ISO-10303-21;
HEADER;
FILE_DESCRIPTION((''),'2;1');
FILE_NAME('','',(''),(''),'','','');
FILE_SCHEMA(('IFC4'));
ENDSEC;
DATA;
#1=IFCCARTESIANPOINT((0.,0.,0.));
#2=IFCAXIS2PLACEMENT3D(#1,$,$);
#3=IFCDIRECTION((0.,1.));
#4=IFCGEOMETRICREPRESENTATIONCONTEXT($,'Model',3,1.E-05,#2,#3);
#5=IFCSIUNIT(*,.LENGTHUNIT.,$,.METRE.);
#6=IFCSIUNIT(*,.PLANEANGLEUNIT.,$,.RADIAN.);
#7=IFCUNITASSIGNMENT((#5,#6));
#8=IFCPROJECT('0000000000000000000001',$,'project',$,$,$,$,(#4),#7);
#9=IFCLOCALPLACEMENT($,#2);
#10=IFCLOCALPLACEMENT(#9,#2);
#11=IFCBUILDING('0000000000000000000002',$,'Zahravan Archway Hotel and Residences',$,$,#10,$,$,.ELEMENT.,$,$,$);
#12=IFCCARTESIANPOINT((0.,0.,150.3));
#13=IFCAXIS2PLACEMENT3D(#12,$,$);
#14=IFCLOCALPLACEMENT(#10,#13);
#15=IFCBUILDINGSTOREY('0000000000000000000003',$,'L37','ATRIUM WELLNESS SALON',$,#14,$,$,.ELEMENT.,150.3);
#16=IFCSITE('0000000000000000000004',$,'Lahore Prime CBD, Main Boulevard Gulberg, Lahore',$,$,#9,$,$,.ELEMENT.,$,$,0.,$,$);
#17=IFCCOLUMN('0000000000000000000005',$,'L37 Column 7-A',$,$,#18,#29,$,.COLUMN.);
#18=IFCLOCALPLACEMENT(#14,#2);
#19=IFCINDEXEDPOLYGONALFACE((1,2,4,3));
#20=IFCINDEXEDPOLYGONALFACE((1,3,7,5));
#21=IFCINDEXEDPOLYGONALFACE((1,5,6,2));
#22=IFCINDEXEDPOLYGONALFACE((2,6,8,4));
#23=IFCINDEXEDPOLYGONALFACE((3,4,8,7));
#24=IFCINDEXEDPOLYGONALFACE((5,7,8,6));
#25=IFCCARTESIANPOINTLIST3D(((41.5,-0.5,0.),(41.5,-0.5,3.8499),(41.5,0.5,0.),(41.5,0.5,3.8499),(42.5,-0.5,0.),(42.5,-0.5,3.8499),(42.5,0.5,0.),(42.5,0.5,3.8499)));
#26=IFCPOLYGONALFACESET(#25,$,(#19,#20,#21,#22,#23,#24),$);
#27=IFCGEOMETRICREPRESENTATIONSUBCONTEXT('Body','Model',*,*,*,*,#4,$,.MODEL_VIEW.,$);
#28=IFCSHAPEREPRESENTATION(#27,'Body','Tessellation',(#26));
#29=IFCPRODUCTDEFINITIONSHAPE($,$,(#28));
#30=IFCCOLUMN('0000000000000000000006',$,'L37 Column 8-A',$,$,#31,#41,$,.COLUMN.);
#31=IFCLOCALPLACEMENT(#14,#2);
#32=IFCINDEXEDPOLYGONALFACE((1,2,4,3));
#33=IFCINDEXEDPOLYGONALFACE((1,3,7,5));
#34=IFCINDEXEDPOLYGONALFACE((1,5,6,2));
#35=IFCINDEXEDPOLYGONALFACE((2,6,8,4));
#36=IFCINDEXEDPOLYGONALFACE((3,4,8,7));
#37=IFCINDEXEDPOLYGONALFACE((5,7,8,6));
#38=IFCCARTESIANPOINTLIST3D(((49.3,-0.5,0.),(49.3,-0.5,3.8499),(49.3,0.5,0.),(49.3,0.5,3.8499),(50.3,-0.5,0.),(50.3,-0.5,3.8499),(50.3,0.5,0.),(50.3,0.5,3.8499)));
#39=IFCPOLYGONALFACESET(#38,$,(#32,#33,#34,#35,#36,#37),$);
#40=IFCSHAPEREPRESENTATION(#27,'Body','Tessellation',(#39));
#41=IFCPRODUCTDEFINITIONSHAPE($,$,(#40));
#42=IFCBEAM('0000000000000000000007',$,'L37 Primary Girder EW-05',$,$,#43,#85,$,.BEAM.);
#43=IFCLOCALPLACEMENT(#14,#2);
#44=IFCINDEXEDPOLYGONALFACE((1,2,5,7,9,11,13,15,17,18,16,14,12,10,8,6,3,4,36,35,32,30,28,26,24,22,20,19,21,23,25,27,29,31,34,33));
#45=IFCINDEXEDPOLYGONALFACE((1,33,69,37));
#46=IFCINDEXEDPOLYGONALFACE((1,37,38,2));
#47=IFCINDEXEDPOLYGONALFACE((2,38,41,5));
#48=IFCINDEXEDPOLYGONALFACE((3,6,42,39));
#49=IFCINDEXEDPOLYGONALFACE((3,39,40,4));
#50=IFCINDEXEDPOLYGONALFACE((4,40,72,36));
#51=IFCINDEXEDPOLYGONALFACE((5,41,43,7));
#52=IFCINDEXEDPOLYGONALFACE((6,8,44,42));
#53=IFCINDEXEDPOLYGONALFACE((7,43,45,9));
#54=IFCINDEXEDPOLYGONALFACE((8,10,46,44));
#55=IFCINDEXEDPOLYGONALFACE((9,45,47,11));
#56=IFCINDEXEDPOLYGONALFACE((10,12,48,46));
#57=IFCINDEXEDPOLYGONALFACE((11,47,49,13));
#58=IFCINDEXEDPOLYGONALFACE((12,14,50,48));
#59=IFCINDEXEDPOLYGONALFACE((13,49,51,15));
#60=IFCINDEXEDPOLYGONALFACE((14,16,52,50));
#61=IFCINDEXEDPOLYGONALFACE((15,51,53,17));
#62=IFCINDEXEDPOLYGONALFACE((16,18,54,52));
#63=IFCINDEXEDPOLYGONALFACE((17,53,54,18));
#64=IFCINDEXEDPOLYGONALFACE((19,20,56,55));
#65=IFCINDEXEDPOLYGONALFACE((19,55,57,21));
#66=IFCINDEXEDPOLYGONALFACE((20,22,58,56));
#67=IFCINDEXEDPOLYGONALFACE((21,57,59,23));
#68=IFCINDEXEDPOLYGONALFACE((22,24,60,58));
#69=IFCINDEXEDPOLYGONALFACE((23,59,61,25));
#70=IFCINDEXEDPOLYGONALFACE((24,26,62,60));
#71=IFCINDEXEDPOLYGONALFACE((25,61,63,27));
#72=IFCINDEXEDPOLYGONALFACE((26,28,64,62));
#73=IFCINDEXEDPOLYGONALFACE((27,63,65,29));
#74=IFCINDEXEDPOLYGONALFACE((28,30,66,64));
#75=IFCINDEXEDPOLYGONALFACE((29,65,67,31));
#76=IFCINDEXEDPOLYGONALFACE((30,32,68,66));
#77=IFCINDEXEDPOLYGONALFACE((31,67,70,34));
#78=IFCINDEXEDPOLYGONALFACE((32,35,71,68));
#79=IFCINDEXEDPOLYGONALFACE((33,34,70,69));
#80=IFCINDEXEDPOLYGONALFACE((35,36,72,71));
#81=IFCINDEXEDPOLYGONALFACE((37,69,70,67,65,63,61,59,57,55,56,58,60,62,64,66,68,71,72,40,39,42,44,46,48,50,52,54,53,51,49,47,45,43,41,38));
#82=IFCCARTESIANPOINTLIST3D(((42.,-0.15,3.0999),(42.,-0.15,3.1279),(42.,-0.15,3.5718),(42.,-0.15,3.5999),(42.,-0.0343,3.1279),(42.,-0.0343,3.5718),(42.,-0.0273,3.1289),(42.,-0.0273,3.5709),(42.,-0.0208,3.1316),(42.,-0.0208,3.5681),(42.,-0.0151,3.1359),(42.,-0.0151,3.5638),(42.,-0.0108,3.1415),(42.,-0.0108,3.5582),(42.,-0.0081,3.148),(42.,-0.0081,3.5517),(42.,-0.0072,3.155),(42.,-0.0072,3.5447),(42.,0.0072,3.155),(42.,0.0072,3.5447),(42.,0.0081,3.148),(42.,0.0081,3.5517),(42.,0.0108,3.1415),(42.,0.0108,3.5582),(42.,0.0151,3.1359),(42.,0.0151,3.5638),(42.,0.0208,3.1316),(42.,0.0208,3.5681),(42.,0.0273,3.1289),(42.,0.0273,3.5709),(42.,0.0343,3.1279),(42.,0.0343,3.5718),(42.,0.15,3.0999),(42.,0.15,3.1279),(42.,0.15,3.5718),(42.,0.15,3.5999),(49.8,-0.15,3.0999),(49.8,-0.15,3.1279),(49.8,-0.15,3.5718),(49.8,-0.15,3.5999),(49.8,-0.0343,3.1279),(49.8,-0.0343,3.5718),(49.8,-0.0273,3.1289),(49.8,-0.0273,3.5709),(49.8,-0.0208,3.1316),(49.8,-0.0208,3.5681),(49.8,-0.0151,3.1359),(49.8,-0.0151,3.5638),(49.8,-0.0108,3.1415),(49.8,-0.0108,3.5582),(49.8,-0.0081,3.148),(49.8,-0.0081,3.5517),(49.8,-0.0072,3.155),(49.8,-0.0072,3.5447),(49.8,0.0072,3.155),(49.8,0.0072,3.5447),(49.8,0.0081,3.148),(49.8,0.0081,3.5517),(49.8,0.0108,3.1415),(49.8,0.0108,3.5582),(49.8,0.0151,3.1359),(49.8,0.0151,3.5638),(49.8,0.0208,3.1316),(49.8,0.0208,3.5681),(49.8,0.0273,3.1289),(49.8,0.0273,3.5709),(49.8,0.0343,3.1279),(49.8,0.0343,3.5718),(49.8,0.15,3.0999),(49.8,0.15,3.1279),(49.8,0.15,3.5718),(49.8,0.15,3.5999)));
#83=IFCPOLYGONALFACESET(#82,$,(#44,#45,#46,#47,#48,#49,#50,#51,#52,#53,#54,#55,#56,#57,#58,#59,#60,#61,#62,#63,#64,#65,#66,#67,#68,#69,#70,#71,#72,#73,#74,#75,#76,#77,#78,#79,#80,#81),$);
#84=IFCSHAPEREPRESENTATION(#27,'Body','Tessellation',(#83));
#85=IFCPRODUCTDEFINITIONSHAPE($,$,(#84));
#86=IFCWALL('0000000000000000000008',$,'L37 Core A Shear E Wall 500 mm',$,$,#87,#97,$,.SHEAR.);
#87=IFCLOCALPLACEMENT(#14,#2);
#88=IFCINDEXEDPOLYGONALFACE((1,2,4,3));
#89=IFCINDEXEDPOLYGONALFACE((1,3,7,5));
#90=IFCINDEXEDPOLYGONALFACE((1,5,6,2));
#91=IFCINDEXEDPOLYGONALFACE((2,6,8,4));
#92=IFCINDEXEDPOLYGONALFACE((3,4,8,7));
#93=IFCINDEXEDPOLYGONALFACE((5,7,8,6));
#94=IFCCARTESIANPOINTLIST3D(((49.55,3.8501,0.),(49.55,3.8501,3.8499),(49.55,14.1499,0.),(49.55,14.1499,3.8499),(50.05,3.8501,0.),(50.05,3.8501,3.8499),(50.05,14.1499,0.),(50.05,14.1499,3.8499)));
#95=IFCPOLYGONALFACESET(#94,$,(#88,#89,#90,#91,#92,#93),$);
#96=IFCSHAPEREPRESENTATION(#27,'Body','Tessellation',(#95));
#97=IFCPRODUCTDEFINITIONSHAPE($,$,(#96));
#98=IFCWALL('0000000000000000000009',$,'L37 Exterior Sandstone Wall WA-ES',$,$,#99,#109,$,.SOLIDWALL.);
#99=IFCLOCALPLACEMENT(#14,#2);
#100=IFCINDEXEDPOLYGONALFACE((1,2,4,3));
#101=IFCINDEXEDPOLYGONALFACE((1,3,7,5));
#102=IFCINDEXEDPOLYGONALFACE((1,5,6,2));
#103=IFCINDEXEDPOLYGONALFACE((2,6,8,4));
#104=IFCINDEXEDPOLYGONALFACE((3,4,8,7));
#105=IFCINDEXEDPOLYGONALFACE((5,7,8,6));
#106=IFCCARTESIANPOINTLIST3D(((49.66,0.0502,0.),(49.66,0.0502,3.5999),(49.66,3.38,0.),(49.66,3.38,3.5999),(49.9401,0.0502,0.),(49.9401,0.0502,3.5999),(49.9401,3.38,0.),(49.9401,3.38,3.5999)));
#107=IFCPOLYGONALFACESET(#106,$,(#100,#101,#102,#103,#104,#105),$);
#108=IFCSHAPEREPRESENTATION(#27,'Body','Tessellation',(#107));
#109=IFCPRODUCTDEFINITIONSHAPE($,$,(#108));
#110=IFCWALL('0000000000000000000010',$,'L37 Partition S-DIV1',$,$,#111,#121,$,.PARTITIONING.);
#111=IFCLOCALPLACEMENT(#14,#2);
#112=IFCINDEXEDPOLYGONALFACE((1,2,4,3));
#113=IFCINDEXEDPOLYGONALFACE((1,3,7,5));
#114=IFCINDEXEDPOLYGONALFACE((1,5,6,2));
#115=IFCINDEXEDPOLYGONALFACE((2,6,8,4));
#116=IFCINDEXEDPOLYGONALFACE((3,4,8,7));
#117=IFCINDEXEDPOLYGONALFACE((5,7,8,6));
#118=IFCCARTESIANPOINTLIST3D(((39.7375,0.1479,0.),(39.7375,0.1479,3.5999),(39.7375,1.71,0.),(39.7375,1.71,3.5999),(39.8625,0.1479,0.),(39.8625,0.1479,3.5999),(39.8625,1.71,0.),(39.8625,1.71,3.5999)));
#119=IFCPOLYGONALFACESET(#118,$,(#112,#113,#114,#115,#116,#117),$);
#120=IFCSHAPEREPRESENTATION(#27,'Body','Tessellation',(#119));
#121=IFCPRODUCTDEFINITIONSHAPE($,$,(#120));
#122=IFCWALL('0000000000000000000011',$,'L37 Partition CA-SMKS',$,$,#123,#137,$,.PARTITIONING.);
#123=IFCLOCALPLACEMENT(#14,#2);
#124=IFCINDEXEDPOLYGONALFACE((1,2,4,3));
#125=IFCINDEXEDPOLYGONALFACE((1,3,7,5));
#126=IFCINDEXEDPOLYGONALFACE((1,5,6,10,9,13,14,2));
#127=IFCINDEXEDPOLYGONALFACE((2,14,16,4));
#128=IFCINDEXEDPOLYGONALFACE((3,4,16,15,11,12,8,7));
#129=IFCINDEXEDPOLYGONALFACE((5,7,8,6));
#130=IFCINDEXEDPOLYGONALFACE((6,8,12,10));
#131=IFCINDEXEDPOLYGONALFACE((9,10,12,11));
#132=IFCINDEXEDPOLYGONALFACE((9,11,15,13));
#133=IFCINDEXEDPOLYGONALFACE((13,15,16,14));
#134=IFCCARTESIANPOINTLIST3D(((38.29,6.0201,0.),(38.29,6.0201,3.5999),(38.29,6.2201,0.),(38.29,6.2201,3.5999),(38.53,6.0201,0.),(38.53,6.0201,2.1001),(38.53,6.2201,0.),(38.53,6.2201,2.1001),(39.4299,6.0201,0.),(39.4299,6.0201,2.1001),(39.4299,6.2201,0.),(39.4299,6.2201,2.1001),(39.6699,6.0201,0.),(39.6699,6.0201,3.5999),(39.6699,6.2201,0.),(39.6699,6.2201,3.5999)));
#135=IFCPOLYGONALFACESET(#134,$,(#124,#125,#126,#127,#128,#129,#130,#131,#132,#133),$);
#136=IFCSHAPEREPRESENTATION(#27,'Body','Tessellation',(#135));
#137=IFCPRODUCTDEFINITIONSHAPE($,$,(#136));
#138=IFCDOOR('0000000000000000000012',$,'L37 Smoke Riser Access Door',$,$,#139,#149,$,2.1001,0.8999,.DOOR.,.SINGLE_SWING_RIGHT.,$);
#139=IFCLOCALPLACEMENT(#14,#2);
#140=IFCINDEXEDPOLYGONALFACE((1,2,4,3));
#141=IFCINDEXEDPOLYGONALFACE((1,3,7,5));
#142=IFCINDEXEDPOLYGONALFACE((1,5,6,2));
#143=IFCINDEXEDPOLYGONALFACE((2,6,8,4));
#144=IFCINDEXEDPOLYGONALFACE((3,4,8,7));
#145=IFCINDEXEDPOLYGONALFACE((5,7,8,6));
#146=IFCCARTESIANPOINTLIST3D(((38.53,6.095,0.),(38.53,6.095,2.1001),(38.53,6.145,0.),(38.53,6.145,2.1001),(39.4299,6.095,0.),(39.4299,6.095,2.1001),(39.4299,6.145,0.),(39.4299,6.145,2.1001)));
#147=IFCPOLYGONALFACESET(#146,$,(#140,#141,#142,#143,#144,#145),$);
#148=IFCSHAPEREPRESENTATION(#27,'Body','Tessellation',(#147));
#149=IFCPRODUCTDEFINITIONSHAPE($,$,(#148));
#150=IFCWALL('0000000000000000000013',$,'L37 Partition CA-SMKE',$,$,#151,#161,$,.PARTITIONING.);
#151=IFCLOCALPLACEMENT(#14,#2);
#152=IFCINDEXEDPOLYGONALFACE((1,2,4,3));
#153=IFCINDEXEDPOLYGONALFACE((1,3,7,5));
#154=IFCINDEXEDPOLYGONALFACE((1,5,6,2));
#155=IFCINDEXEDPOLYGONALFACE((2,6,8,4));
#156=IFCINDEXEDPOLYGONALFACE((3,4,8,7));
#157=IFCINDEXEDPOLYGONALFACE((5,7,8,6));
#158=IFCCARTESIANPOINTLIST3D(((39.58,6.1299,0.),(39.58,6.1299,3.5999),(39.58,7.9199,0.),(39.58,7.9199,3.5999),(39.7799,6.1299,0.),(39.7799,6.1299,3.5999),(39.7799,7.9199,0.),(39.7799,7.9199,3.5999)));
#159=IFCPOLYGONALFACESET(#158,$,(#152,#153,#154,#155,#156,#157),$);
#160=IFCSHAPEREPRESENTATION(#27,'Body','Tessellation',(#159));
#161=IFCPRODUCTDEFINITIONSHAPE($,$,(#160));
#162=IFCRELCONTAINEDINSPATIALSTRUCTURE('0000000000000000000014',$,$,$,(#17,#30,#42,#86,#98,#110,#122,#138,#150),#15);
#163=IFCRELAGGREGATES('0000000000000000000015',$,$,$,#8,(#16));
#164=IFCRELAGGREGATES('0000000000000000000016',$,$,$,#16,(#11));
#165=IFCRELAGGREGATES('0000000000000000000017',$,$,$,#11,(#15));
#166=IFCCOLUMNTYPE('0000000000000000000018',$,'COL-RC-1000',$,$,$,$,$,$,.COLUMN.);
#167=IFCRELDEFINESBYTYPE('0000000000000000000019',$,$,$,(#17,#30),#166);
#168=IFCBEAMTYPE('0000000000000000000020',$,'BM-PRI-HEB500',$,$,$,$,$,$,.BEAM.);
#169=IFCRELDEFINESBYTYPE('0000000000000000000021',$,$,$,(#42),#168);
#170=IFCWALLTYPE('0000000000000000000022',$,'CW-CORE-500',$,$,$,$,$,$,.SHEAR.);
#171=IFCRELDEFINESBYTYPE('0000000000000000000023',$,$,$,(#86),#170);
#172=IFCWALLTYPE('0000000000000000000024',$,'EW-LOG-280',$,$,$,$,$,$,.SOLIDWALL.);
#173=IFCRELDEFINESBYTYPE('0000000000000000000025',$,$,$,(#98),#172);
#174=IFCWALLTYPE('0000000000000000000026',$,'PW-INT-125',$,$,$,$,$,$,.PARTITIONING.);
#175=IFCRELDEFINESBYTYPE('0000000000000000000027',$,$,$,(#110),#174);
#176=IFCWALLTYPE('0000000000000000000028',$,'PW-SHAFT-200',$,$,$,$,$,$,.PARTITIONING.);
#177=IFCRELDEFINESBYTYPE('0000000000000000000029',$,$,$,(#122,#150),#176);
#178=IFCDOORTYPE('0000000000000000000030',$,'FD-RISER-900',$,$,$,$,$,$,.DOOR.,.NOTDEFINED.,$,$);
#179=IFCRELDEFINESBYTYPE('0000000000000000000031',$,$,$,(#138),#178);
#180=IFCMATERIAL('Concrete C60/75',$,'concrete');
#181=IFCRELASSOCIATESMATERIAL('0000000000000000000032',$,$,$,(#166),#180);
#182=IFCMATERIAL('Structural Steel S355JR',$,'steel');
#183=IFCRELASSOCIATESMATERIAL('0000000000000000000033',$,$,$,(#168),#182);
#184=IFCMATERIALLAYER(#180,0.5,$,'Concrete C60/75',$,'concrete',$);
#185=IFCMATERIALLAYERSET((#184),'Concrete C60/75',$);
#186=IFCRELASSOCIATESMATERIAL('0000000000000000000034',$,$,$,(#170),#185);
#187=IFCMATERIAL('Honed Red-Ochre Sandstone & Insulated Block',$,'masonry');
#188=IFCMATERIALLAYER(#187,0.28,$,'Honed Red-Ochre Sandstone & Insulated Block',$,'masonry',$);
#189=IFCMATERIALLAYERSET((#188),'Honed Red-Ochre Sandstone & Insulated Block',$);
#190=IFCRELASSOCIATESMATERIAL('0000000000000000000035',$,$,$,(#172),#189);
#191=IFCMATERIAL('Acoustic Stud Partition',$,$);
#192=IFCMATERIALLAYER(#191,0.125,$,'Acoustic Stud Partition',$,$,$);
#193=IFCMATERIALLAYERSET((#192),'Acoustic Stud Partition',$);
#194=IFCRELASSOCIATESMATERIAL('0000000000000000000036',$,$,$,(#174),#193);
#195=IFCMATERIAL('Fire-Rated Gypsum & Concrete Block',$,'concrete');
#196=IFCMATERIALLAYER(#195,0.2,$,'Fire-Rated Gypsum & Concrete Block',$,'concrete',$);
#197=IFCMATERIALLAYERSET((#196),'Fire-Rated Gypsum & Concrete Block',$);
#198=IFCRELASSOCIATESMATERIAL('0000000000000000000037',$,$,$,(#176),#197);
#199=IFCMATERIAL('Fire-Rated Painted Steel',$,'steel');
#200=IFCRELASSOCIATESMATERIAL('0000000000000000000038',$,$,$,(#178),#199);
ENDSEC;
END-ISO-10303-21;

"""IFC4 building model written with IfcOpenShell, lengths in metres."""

from ifc_helpers import new_model, si_unit, direction, frame, frame_2d, origin, origin_2d, place, context, subcontext, project, spatial, rectangle, i_section, extrude, source, transform, mapped, material, layer, layer_set, material_profile, profile_set, type_object, type_shapes, element, fill, save


model = new_model("IFC4")

# Units and contexts
model_context = context("Model", 3, precision=1e-05, world=origin(), true_north=direction((0.0, 1.0)))
body_context = subcontext(model_context, "Body", "Model", "MODEL_VIEW")
ifc_project = project(units=[si_unit("LENGTHUNIT", "METRE"), si_unit("PLANEANGLEUNIT", "RADIAN")], contexts=[model_context])

# Site, building, storey
site_placement = place(None, origin())
site = spatial("IfcSite", under=ifc_project, at=site_placement, Name="Lahore Prime CBD, Main Boulevard Gulberg, Lahore", CompositionType="ELEMENT", RefElevation=0.0)
building_placement = place(site_placement, origin())
building = spatial("IfcBuilding", under=site, at=building_placement, Name="Zahravan Archway Hotel and Residences", CompositionType="ELEMENT")
storey_placement = place(building_placement, frame((0.0, 0.0, 150.3)))
storey = spatial("IfcBuildingStorey", under=building, at=storey_placement, Name="L37", Description="ATRIUM WELLNESS SALON", CompositionType="ELEMENT", Elevation=150.3)

# Columns
ifc_material_1 = material(Name="Concrete C60/75", Category="concrete")
ifc_material_profile_1 = material_profile(ifc_material_1, rectangle(XDim=1.0, YDim=1.0, at=origin_2d()), Name="RC-COL-1000x1000", Category="concrete")
ifc_profile_set_1 = profile_set([ifc_material_profile_1], Name="Concrete C60/75")
column_type = type_object("IfcColumnType", Name="COL-RC-1000", PredefinedType="COLUMN", material=ifc_profile_set_1)
shared_shape_1 = source(origin(), body_context, "Body", "SweptSolid", [
    extrude(rectangle(XDim=1.0, YDim=1.0, at=origin_2d()), origin(), (0.0, 0.0, 1.0), 3.8499),
])
for number, where, z_axis, x_axis, name in (
    (1, (42.0, 0.0, 0.0), (0.0, 0.0, 1.0), (1.0, 0.0, 0.0), "L37 Column 7-A"),
    (2, (49.8, 0.0, 0.0), (0.0, 0.0, 1.0), (1.0, 0.0, 0.0), "L37 Column 8-A"),
):
    element("IfcColumn", number, at=place(storey_placement, frame(where, z_axis=z_axis, x_axis=x_axis)), inside=storey, type_object=column_type, Name=name, PredefinedType="COLUMN", context=body_context, shape_type="MappedRepresentation", body=[
        mapped(shared_shape_1, transform((0.0, 0.0, 0.0), scale=1.0)),
    ])

# Beam
ifc_material_2 = material(Name="Structural Steel S355JR", Category="steel")
ifc_material_profile_2 = material_profile(ifc_material_2, i_section(OverallWidth=0.3, OverallDepth=0.5, WebThickness=0.0144, FlangeThickness=0.0281, FilletRadius=0.0271, at=origin_2d()), Name="HEB 500", Category="steel")
ifc_profile_set_2 = profile_set([ifc_material_profile_2], Name="Structural Steel S355JR")
beam_type = type_object("IfcBeamType", Name="BM-PRI-HEB500", PredefinedType="BEAM", material=ifc_profile_set_2)
shared_shape_2 = source(origin(), body_context, "Body", "SweptSolid", [
    extrude(i_section(OverallWidth=0.3, OverallDepth=0.5, WebThickness=0.0144, FlangeThickness=0.0281, FilletRadius=0.0271, at=origin_2d()), origin(), (0.0, 0.0, 1.0), 7.8),
])
beam_placement = place(storey_placement, frame((42.0, 0.0, 3.3499), z_axis=(1.0, 0.0, 0.0), x_axis=(0.0, 1.0, 0.0)))
element("IfcBeam", 3, at=beam_placement, inside=storey, type_object=beam_type, Name="L37 Primary Girder EW-05", PredefinedType="BEAM", context=body_context, shape_type="MappedRepresentation", body=[
    mapped(shared_shape_2, transform((0.0, 0.0, 0.0), scale=1.0)),
])

# Walls
ifc_layer_1 = layer(ifc_material_1, 0.5, Name="Concrete C60/75", Category="concrete")
ifc_layer_set_1 = layer_set([ifc_layer_1], Name="Concrete C60/75")
wall_type_1 = type_object("IfcWallType", Name="CW-CORE-500", PredefinedType="SHEAR", material=ifc_layer_set_1)
wall_1_placement = place(storey_placement, frame((49.8, 3.8501, 0.0), z_axis=(0.0, 0.0, 1.0), x_axis=(0.0, 1.0, 0.0)))
element("IfcWall", 4, at=wall_1_placement, inside=storey, type_object=wall_type_1, Name="L37 Core A Shear E Wall 500 mm", PredefinedType="SHEAR", context=body_context, shape_type="SweptSolid", body=[
    extrude(rectangle(XDim=10.2998, YDim=0.5, at=frame_2d((5.1499, 0.0))), origin(), (0.0, 0.0, 1.0), 3.8499),
])
ifc_material_3 = material(Name="Honed Red-Ochre Sandstone & Insulated Block", Category="masonry")
ifc_layer_2 = layer(ifc_material_3, 0.28, Name="Honed Red-Ochre Sandstone & Insulated Block", Category="masonry")
ifc_layer_set_2 = layer_set([ifc_layer_2], Name="Honed Red-Ochre Sandstone & Insulated Block")
wall_type_2 = type_object("IfcWallType", Name="EW-LOG-280", PredefinedType="SOLIDWALL", material=ifc_layer_set_2)
wall_2_placement = place(storey_placement, frame((49.8, 0.05, 0.0), z_axis=(0.0, 0.0, 1.0), x_axis=(0.0, 1.0, 0.0)))
element("IfcWall", 5, at=wall_2_placement, inside=storey, type_object=wall_type_2, Name="L37 Exterior Sandstone Wall WA-ES", PredefinedType="SOLIDWALL", context=body_context, shape_type="SweptSolid", body=[
    extrude(rectangle(XDim=3.3298, YDim=0.28, at=frame_2d((1.665, 0.0))), origin(), (0.0, 0.0, 1.0), 3.5999),
])
ifc_material_4 = material(Name="Acoustic Stud Partition")
ifc_layer_3 = layer(ifc_material_4, 0.125, Name="Acoustic Stud Partition")
ifc_layer_set_3 = layer_set([ifc_layer_3], Name="Acoustic Stud Partition")
wall_type_3 = type_object("IfcWallType", Name="PW-INT-125", PredefinedType="PARTITIONING", material=ifc_layer_set_3)
wall_3_placement = place(storey_placement, frame((39.8, 0.1479, 0.0), z_axis=(0.0, 0.0, 1.0), x_axis=(0.0, 1.0, 0.0)))
element("IfcWall", 6, at=wall_3_placement, inside=storey, type_object=wall_type_3, Name="L37 Partition S-DIV1", PredefinedType="PARTITIONING", context=body_context, shape_type="SweptSolid", body=[
    extrude(rectangle(XDim=1.562, YDim=0.125, at=frame_2d((0.781, 0.0))), origin(), (0.0, 0.0, 1.0), 3.5999),
])

# Wall, opening, door
ifc_material_5 = material(Name="Fire-Rated Gypsum & Concrete Block", Category="concrete")
ifc_layer_4 = layer(ifc_material_5, 0.2, Name="Fire-Rated Gypsum & Concrete Block", Category="concrete")
ifc_layer_set_4 = layer_set([ifc_layer_4], Name="Fire-Rated Gypsum & Concrete Block")
wall_type_4 = type_object("IfcWallType", Name="PW-SHAFT-200", PredefinedType="PARTITIONING", material=ifc_layer_set_4)
wall_4_placement = place(storey_placement, frame((38.29, 6.1201, 0.0), z_axis=(0.0, 0.0, 1.0), x_axis=(1.0, 0.0, 0.0)))
wall_4 = element("IfcWall", 7, at=wall_4_placement, inside=storey, type_object=wall_type_4, Name="L37 Partition CA-SMKS", PredefinedType="PARTITIONING", context=body_context, shape_type="SweptSolid", body=[
    extrude(rectangle(XDim=1.3799, YDim=0.2, at=frame_2d((0.6899, 0.0))), origin(), (0.0, 0.0, 1.0), 3.5999),
])
opening_1_placement = place(wall_4_placement, frame((0.24, 0.0, 0.0)))
opening_1 = element("IfcOpeningElement", 8, at=opening_1_placement, cuts=wall_4, PredefinedType="OPENING", context=body_context, shape_type="SweptSolid", body=[
    extrude(rectangle(XDim=0.8999, YDim=2.1001, at=frame_2d((0.45, 1.05))), frame((0.0, 0.1099, 0.0), z_axis=(0.0, -1.0, 0.0), x_axis=(1.0, 0.0, 0.0)), (0.0, 0.0, 1.0), 0.22),
])
ifc_material_6 = material(Name="Fire-Rated Painted Steel", Category="steel")
door_type = type_object("IfcDoorType", Name="FD-RISER-900", OperationType="NOTDEFINED", PredefinedType="DOOR", material=ifc_material_6)
shared_shape_3 = source(origin(), body_context, "Body", "SweptSolid", [
    extrude(rectangle(XDim=0.8999, YDim=2.1001, at=frame_2d((0.45, 1.05))), frame((0.0, 0.0249, 0.0), z_axis=(0.0, -1.0, 0.0), x_axis=(1.0, 0.0, 0.0)), (0.0, 0.0, 1.0), 0.05),
])
type_shapes(door_type, [shared_shape_3])
door_1_placement = place(opening_1_placement, origin())
door_1 = element("IfcDoor", 9, at=door_1_placement, inside=storey, type_object=door_type, Name="L37 Smoke Riser Access Door", OperationType="SINGLE_SWING_RIGHT", OverallHeight=2.1001, OverallWidth=0.8999, PredefinedType="DOOR", context=body_context, shape_type="MappedRepresentation", body=[
    mapped(shared_shape_3, transform((0.0, 0.0, 0.0), scale=1.0)),
])
fill(opening_1, door_1)

# Wall
wall_5_placement = place(storey_placement, frame((39.6799, 6.1299, 0.0), z_axis=(0.0, 0.0, 1.0), x_axis=(0.0, 1.0, 0.0)))
element("IfcWall", 10, at=wall_5_placement, inside=storey, type_object=wall_type_4, Name="L37 Partition CA-SMKE", PredefinedType="PARTITIONING", context=body_context, shape_type="SweptSolid", body=[
    extrude(rectangle(XDim=1.79, YDim=0.2, at=frame_2d((0.895, 0.0))), origin(), (0.0, 0.0, 1.0), 3.5999),
])

save(model, "model.ifc")
